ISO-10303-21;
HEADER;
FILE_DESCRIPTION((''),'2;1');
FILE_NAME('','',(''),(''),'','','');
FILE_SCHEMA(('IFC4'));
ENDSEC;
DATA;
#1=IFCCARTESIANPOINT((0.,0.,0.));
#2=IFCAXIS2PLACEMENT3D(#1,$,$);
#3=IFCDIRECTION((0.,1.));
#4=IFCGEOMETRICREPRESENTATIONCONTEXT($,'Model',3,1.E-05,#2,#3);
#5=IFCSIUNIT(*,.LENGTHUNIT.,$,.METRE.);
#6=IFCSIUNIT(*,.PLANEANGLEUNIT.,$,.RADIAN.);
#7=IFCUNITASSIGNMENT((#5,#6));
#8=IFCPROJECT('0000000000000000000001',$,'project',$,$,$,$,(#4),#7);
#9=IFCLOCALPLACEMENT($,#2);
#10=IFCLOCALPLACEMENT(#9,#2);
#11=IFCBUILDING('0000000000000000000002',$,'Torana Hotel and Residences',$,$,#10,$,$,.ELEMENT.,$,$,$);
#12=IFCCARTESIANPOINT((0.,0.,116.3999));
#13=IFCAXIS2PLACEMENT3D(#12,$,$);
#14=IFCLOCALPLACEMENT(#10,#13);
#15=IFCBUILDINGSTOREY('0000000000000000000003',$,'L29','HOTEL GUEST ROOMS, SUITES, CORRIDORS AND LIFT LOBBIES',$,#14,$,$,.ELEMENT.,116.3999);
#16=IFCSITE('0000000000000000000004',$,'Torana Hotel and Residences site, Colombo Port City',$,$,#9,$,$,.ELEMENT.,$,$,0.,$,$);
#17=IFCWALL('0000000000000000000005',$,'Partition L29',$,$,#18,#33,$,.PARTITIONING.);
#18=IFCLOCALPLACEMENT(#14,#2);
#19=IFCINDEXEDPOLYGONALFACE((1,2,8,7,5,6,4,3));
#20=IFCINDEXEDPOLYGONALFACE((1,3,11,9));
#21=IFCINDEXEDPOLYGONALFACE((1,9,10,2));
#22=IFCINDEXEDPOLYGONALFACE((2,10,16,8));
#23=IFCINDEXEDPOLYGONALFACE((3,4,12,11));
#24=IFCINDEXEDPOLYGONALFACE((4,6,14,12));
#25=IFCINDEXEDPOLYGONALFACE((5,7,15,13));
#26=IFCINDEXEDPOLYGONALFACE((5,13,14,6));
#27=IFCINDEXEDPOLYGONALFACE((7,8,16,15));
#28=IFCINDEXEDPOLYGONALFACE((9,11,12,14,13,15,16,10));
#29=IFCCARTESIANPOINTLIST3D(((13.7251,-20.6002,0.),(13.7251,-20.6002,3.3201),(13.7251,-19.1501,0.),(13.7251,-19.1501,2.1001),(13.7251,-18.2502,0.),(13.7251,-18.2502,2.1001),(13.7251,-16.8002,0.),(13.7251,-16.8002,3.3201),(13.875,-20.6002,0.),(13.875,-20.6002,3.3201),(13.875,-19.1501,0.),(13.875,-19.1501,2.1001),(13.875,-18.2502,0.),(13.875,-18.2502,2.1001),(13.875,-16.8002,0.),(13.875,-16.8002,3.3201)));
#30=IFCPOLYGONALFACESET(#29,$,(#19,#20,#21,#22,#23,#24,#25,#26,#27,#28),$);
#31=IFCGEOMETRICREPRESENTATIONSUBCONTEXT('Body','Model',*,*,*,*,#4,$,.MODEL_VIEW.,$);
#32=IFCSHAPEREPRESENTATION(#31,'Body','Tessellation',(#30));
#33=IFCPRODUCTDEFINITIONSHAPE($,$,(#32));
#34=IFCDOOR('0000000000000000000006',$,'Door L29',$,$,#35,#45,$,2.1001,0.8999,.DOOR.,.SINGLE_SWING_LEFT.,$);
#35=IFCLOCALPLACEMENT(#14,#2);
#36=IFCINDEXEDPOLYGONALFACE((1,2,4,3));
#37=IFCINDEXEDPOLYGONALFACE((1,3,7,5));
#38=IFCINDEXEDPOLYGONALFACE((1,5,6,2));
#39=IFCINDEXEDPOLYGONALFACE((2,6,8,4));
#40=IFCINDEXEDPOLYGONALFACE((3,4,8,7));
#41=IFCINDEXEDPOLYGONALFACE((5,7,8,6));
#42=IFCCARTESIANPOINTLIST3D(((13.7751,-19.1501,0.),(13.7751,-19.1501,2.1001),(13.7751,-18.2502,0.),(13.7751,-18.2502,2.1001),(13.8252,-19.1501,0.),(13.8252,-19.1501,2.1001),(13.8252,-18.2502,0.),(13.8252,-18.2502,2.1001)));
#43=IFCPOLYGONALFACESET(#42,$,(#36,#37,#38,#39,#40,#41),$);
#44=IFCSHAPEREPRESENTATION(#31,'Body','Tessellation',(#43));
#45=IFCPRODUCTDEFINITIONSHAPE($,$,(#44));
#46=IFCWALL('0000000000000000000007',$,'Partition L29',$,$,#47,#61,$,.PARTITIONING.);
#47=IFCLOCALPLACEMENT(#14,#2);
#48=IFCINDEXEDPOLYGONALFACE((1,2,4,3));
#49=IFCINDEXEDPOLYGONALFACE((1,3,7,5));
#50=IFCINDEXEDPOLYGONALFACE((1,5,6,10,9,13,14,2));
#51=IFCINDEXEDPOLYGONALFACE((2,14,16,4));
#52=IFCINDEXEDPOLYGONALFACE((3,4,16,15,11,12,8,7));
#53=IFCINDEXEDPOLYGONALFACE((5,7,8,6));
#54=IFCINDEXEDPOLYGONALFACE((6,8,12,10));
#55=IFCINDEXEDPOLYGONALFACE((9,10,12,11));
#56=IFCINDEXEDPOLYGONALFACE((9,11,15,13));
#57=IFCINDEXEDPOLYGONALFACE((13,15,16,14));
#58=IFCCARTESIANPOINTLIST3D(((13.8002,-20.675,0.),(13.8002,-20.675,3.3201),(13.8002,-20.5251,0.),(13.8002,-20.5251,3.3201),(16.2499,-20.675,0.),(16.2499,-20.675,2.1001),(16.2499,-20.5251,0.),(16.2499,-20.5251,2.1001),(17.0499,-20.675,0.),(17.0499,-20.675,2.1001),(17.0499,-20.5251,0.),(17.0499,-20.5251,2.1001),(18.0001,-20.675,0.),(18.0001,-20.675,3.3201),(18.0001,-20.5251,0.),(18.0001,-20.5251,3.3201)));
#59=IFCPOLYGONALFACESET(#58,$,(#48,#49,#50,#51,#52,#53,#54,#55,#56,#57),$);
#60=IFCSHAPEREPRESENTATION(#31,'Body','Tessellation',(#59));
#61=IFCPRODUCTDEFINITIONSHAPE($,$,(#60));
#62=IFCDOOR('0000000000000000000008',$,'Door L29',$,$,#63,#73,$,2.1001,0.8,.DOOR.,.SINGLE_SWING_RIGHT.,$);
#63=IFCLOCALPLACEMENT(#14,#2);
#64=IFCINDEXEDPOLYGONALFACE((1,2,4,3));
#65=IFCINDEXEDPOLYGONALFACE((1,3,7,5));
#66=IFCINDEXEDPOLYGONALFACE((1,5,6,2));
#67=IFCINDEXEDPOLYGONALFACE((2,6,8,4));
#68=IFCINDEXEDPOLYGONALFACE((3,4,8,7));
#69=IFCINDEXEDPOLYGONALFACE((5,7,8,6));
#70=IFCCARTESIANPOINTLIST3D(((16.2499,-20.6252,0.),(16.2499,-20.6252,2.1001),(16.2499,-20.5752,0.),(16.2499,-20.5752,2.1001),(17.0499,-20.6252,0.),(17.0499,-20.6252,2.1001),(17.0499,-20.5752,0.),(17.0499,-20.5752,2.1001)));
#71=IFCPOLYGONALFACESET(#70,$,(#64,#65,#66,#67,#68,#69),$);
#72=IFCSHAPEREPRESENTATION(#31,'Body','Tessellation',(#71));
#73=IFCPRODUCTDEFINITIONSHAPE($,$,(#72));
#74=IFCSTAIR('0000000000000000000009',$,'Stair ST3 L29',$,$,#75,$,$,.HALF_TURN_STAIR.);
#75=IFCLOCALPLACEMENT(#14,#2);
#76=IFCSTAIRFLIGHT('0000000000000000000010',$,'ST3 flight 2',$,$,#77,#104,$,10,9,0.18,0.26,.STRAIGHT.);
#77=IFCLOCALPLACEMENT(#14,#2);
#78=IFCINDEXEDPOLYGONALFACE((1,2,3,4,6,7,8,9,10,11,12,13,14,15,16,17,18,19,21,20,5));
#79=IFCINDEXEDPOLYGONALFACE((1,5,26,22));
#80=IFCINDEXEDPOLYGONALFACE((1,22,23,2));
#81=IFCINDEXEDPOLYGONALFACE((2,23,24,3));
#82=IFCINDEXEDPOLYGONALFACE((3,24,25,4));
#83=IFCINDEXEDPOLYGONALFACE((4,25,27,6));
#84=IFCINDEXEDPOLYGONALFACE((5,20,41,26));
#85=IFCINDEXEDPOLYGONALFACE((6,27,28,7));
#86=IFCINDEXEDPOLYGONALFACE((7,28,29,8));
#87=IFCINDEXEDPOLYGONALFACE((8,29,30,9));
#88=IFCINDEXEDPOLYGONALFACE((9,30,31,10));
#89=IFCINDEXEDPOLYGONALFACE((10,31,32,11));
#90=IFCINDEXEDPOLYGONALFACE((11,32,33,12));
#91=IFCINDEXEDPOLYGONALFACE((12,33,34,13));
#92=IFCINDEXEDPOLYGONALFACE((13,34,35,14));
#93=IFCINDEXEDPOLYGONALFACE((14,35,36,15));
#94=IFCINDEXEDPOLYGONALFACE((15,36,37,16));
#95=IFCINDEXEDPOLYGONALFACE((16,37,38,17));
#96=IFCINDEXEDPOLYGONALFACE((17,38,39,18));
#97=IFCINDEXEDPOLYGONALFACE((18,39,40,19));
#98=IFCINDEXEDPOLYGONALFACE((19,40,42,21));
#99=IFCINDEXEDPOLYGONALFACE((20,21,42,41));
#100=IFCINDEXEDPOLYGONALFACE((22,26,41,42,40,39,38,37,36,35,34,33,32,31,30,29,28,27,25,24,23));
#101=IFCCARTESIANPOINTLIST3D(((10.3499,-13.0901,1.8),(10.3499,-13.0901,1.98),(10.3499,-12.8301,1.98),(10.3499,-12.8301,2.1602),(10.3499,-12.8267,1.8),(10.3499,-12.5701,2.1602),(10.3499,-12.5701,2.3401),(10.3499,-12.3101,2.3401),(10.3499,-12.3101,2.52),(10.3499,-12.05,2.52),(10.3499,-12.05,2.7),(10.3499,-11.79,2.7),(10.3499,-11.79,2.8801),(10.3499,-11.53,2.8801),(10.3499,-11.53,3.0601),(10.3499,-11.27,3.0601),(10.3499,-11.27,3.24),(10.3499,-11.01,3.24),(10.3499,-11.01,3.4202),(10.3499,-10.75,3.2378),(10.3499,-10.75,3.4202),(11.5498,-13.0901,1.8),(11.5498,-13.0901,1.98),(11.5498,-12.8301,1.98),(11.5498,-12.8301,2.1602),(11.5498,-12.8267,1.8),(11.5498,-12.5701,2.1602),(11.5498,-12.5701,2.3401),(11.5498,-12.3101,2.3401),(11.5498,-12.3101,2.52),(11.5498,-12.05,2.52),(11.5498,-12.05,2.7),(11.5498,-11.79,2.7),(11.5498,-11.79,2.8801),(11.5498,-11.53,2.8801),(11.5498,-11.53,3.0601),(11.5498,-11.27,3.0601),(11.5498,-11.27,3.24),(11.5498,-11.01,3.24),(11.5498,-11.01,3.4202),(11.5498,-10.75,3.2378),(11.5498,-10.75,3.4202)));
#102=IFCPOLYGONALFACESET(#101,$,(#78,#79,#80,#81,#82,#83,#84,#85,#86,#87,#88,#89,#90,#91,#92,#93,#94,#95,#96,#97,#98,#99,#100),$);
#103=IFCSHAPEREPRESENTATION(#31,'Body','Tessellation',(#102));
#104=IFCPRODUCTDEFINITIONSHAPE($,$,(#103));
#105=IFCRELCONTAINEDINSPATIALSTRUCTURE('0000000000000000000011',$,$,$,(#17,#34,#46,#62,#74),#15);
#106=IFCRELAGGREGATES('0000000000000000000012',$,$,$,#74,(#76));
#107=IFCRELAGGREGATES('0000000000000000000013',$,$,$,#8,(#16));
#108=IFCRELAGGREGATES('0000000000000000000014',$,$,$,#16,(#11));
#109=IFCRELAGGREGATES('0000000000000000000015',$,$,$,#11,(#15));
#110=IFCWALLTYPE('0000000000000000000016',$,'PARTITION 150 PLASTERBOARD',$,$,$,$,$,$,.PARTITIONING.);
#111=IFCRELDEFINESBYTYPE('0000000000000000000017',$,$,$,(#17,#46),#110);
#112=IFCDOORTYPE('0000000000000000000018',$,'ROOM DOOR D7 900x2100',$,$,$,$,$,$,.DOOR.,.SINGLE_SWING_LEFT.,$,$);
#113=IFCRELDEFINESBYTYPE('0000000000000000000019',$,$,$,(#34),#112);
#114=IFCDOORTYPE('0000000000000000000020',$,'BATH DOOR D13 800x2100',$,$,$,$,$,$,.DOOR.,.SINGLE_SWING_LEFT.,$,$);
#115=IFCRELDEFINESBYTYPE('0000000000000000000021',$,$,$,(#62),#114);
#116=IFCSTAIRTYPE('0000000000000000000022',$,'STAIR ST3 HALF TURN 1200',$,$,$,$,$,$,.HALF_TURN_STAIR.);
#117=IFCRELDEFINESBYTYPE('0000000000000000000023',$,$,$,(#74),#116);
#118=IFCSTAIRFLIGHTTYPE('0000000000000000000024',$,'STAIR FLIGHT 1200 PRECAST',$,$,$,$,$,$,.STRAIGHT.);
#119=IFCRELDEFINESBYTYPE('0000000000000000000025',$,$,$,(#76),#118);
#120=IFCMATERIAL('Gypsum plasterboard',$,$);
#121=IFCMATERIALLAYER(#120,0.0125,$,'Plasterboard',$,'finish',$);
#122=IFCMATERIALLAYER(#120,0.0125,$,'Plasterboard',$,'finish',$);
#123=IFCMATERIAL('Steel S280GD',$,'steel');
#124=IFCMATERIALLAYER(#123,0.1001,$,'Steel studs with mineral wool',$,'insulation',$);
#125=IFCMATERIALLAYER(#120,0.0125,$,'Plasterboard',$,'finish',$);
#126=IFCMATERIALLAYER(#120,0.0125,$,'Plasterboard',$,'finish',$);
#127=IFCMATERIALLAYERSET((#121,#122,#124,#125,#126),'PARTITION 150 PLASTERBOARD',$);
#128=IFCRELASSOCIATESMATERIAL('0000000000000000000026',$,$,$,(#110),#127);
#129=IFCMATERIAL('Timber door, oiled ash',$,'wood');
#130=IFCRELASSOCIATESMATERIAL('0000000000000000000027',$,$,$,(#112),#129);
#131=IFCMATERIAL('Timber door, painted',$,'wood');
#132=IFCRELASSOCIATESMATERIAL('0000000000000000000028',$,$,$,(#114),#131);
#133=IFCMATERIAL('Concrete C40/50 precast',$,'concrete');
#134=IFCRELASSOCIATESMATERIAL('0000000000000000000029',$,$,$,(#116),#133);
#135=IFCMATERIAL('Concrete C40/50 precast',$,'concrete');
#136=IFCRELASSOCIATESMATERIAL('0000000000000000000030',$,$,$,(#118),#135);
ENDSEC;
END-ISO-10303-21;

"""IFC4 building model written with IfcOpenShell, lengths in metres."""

from ifc_helpers import new_model, si_unit, direction, frame, frame_2d, origin, place, context, subcontext, project, spatial, polyline, rectangle, outline, extrude, material, layer, layer_set, type_object, element, fill, aggregate, save


model = new_model("IFC4")

# Units and contexts
model_context = context("Model", 3, precision=1e-05, world=origin(), true_north=direction((0.0, 1.0)))
body_context = subcontext(model_context, "Body", "Model", "MODEL_VIEW")
ifc_project = project(units=[si_unit("LENGTHUNIT", "METRE"), si_unit("PLANEANGLEUNIT", "RADIAN")], contexts=[model_context])

# Site, building, storey
site_placement = place(None, origin())
site = spatial("IfcSite", under=ifc_project, at=site_placement, Name="Torana Hotel and Residences site, Colombo Port City", CompositionType="ELEMENT", RefElevation=0.0)
building_placement = place(site_placement, origin())
building = spatial("IfcBuilding", under=site, at=building_placement, Name="Torana Hotel and Residences", CompositionType="ELEMENT")
storey_placement = place(building_placement, frame((0.0, 0.0, 116.3999)))
storey = spatial("IfcBuildingStorey", under=building, at=storey_placement, Name="L29", Description="HOTEL GUEST ROOMS, SUITES, CORRIDORS AND LIFT LOBBIES", CompositionType="ELEMENT", Elevation=116.3999)

# Shared definitions
ifc_material_1 = material(Name="Gypsum plasterboard")
ifc_layer_1 = layer(ifc_material_1, 0.0125, Name="Plasterboard", Category="finish")
ifc_layer_2 = layer(ifc_material_1, 0.0125, Name="Plasterboard", Category="finish")
ifc_material_2 = material(Name="Steel S280GD", Category="steel")
ifc_layer_3 = layer(ifc_material_2, 0.1001, Name="Steel studs with mineral wool", Category="insulation")
ifc_layer_4 = layer(ifc_material_1, 0.0125, Name="Plasterboard", Category="finish")
ifc_layer_5 = layer(ifc_material_1, 0.0125, Name="Plasterboard", Category="finish")
ifc_layer_set_1 = layer_set([ifc_layer_1, ifc_layer_2, ifc_layer_3, ifc_layer_4, ifc_layer_5], Name="PARTITION 150 PLASTERBOARD")
wall_type_1 = type_object("IfcWallType", Name="PARTITION 150 PLASTERBOARD", PredefinedType="PARTITIONING", material=ifc_layer_set_1)

# Walls, openings, doors
wall_1_placement = place(storey_placement, frame((13.8, -20.6001, 0.0), z_axis=(0.0, 0.0, 1.0), x_axis=(0.0, 1.0, 0.0)))
wall_1 = element("IfcWall", 1, at=wall_1_placement, inside=storey, type_object=wall_type_1, Name="Partition L29", PredefinedType="PARTITIONING", context=body_context, shape_type="SweptSolid", body=[
    extrude(rectangle(XDim=3.8, YDim=0.1499, at=frame_2d((1.8999, 0.0))), origin(), (0.0, 0.0, 1.0), 3.3201),
])
opening_1_placement = place(wall_1_placement, frame((1.45, 0.0, 0.0)))
opening_1 = element("IfcOpeningElement", 2, at=opening_1_placement, cuts=wall_1, PredefinedType="OPENING", context=body_context, shape_type="SweptSolid", body=[
    extrude(rectangle(XDim=0.8999, YDim=2.1001, at=frame_2d((0.45, 1.05))), frame((0.0, 0.085, 0.0), z_axis=(0.0, -1.0, 0.0), x_axis=(1.0, 0.0, 0.0)), (0.0, 0.0, 1.0), 0.1699),
])
ifc_material_3 = material(Name="Timber door, oiled ash", Category="wood")
door_type_1 = type_object("IfcDoorType", Name="ROOM DOOR D7 900x2100", OperationType="SINGLE_SWING_LEFT", PredefinedType="DOOR", material=ifc_material_3)
door_1_placement = place(opening_1_placement, origin())
door_1 = element("IfcDoor", 3, at=door_1_placement, inside=storey, type_object=door_type_1, Name="Door L29", OperationType="SINGLE_SWING_LEFT", OverallHeight=2.1001, OverallWidth=0.8999, PredefinedType="DOOR", context=body_context, shape_type="SweptSolid", body=[
    extrude(rectangle(XDim=0.8999, YDim=2.1001, at=frame_2d((0.45, 1.05))), frame((0.0, 0.0249, 0.0), z_axis=(0.0, -1.0, 0.0), x_axis=(1.0, 0.0, 0.0)), (0.0, 0.0, 1.0), 0.05),
])
fill(opening_1, door_1)
wall_2_placement = place(storey_placement, frame((13.8, -20.6001, 0.0), z_axis=(0.0, 0.0, 1.0), x_axis=(1.0, 0.0, 0.0)))
wall_2 = element("IfcWall", 4, at=wall_2_placement, inside=storey, type_object=wall_type_1, Name="Partition L29", PredefinedType="PARTITIONING", context=body_context, shape_type="SweptSolid", body=[
    extrude(rectangle(XDim=4.2, YDim=0.1499, at=frame_2d((2.1001, 0.0))), origin(), (0.0, 0.0, 1.0), 3.3201),
])
opening_2_placement = place(wall_2_placement, frame((2.45, 0.0, 0.0)))
opening_2 = element("IfcOpeningElement", 5, at=opening_2_placement, cuts=wall_2, PredefinedType="OPENING", context=body_context, shape_type="SweptSolid", body=[
    extrude(rectangle(XDim=0.8, YDim=2.1001, at=frame_2d((0.3999, 1.05))), frame((0.0, 0.085, 0.0), z_axis=(0.0, -1.0, 0.0), x_axis=(1.0, 0.0, 0.0)), (0.0, 0.0, 1.0), 0.1699),
])
ifc_material_4 = material(Name="Timber door, painted", Category="wood")
door_type_2 = type_object("IfcDoorType", Name="BATH DOOR D13 800x2100", OperationType="SINGLE_SWING_LEFT", PredefinedType="DOOR", material=ifc_material_4)
door_2_placement = place(opening_2_placement, origin())
door_2 = element("IfcDoor", 6, at=door_2_placement, inside=storey, type_object=door_type_2, Name="Door L29", OperationType="SINGLE_SWING_RIGHT", OverallHeight=2.1001, OverallWidth=0.8, PredefinedType="DOOR", context=body_context, shape_type="SweptSolid", body=[
    extrude(rectangle(XDim=0.8, YDim=2.1001, at=frame_2d((0.3999, 1.05))), frame((0.0, 0.0249, 0.0), z_axis=(0.0, -1.0, 0.0), x_axis=(1.0, 0.0, 0.0)), (0.0, 0.0, 1.0), 0.05),
])
fill(opening_2, door_2)

# Stair, stair flight
ifc_material_5 = material(Name="Concrete C40/50 precast", Category="concrete")
stair_type = type_object("IfcStairType", Name="STAIR ST3 HALF TURN 1200", PredefinedType="HALF_TURN_STAIR", material=ifc_material_5)
stair_placement = place(storey_placement, origin())
stair = element("IfcStair", 7, at=stair_placement, inside=storey, type_object=stair_type, Name="Stair ST3 L29", PredefinedType="HALF_TURN_STAIR")
ifc_material_6 = material(Name="Concrete C40/50 precast", Category="concrete")
stair_flight_type = type_object("IfcStairFlightType", Name="STAIR FLIGHT 1200 PRECAST", PredefinedType="STRAIGHT", material=ifc_material_6)
stair_flight_placement = place(storey_placement, frame((10.95, -13.0901, 1.8), z_axis=(0.0, 0.0, 1.0), x_axis=(0.0, 1.0, 0.0)))
stair_flight = element("IfcStairFlight", 8, at=stair_flight_placement, type_object=stair_flight_type, Name="ST3 flight 2", NumberOfRisers=10, NumberOfTreads=9, PredefinedType="STRAIGHT", RiserHeight=0.18, TreadLength=0.26, context=body_context, shape_type="SweptSolid", body=[
    extrude(outline(polyline([(0.0, 0.0), (0.0, 0.1799), (0.26, 0.1799), (0.26, 0.3601), (0.52, 0.3601), (0.52, 0.54), (0.78, 0.54), (0.78, 0.72), (1.04, 0.72), (1.04, 0.8999), (1.3, 0.8999), (1.3, 1.0801), (1.5601, 1.0801), (1.5601, 1.26), (1.8201, 1.26), (1.8201, 1.4399), (2.0801, 1.4399), (2.0801, 1.6201), (2.3401, 1.6201), (2.3401, 1.8), (2.3401, 1.4377), (0.2634, 0.0), (0.0, 0.0)])), frame((0.0, 0.6001, 0.0), z_axis=(0.0, -1.0, 0.0), x_axis=(1.0, 0.0, 0.0)), (0.0, 0.0, 1.0), 1.2),
])
aggregate(stair, [stair_flight])

save(model, "model.ifc")
